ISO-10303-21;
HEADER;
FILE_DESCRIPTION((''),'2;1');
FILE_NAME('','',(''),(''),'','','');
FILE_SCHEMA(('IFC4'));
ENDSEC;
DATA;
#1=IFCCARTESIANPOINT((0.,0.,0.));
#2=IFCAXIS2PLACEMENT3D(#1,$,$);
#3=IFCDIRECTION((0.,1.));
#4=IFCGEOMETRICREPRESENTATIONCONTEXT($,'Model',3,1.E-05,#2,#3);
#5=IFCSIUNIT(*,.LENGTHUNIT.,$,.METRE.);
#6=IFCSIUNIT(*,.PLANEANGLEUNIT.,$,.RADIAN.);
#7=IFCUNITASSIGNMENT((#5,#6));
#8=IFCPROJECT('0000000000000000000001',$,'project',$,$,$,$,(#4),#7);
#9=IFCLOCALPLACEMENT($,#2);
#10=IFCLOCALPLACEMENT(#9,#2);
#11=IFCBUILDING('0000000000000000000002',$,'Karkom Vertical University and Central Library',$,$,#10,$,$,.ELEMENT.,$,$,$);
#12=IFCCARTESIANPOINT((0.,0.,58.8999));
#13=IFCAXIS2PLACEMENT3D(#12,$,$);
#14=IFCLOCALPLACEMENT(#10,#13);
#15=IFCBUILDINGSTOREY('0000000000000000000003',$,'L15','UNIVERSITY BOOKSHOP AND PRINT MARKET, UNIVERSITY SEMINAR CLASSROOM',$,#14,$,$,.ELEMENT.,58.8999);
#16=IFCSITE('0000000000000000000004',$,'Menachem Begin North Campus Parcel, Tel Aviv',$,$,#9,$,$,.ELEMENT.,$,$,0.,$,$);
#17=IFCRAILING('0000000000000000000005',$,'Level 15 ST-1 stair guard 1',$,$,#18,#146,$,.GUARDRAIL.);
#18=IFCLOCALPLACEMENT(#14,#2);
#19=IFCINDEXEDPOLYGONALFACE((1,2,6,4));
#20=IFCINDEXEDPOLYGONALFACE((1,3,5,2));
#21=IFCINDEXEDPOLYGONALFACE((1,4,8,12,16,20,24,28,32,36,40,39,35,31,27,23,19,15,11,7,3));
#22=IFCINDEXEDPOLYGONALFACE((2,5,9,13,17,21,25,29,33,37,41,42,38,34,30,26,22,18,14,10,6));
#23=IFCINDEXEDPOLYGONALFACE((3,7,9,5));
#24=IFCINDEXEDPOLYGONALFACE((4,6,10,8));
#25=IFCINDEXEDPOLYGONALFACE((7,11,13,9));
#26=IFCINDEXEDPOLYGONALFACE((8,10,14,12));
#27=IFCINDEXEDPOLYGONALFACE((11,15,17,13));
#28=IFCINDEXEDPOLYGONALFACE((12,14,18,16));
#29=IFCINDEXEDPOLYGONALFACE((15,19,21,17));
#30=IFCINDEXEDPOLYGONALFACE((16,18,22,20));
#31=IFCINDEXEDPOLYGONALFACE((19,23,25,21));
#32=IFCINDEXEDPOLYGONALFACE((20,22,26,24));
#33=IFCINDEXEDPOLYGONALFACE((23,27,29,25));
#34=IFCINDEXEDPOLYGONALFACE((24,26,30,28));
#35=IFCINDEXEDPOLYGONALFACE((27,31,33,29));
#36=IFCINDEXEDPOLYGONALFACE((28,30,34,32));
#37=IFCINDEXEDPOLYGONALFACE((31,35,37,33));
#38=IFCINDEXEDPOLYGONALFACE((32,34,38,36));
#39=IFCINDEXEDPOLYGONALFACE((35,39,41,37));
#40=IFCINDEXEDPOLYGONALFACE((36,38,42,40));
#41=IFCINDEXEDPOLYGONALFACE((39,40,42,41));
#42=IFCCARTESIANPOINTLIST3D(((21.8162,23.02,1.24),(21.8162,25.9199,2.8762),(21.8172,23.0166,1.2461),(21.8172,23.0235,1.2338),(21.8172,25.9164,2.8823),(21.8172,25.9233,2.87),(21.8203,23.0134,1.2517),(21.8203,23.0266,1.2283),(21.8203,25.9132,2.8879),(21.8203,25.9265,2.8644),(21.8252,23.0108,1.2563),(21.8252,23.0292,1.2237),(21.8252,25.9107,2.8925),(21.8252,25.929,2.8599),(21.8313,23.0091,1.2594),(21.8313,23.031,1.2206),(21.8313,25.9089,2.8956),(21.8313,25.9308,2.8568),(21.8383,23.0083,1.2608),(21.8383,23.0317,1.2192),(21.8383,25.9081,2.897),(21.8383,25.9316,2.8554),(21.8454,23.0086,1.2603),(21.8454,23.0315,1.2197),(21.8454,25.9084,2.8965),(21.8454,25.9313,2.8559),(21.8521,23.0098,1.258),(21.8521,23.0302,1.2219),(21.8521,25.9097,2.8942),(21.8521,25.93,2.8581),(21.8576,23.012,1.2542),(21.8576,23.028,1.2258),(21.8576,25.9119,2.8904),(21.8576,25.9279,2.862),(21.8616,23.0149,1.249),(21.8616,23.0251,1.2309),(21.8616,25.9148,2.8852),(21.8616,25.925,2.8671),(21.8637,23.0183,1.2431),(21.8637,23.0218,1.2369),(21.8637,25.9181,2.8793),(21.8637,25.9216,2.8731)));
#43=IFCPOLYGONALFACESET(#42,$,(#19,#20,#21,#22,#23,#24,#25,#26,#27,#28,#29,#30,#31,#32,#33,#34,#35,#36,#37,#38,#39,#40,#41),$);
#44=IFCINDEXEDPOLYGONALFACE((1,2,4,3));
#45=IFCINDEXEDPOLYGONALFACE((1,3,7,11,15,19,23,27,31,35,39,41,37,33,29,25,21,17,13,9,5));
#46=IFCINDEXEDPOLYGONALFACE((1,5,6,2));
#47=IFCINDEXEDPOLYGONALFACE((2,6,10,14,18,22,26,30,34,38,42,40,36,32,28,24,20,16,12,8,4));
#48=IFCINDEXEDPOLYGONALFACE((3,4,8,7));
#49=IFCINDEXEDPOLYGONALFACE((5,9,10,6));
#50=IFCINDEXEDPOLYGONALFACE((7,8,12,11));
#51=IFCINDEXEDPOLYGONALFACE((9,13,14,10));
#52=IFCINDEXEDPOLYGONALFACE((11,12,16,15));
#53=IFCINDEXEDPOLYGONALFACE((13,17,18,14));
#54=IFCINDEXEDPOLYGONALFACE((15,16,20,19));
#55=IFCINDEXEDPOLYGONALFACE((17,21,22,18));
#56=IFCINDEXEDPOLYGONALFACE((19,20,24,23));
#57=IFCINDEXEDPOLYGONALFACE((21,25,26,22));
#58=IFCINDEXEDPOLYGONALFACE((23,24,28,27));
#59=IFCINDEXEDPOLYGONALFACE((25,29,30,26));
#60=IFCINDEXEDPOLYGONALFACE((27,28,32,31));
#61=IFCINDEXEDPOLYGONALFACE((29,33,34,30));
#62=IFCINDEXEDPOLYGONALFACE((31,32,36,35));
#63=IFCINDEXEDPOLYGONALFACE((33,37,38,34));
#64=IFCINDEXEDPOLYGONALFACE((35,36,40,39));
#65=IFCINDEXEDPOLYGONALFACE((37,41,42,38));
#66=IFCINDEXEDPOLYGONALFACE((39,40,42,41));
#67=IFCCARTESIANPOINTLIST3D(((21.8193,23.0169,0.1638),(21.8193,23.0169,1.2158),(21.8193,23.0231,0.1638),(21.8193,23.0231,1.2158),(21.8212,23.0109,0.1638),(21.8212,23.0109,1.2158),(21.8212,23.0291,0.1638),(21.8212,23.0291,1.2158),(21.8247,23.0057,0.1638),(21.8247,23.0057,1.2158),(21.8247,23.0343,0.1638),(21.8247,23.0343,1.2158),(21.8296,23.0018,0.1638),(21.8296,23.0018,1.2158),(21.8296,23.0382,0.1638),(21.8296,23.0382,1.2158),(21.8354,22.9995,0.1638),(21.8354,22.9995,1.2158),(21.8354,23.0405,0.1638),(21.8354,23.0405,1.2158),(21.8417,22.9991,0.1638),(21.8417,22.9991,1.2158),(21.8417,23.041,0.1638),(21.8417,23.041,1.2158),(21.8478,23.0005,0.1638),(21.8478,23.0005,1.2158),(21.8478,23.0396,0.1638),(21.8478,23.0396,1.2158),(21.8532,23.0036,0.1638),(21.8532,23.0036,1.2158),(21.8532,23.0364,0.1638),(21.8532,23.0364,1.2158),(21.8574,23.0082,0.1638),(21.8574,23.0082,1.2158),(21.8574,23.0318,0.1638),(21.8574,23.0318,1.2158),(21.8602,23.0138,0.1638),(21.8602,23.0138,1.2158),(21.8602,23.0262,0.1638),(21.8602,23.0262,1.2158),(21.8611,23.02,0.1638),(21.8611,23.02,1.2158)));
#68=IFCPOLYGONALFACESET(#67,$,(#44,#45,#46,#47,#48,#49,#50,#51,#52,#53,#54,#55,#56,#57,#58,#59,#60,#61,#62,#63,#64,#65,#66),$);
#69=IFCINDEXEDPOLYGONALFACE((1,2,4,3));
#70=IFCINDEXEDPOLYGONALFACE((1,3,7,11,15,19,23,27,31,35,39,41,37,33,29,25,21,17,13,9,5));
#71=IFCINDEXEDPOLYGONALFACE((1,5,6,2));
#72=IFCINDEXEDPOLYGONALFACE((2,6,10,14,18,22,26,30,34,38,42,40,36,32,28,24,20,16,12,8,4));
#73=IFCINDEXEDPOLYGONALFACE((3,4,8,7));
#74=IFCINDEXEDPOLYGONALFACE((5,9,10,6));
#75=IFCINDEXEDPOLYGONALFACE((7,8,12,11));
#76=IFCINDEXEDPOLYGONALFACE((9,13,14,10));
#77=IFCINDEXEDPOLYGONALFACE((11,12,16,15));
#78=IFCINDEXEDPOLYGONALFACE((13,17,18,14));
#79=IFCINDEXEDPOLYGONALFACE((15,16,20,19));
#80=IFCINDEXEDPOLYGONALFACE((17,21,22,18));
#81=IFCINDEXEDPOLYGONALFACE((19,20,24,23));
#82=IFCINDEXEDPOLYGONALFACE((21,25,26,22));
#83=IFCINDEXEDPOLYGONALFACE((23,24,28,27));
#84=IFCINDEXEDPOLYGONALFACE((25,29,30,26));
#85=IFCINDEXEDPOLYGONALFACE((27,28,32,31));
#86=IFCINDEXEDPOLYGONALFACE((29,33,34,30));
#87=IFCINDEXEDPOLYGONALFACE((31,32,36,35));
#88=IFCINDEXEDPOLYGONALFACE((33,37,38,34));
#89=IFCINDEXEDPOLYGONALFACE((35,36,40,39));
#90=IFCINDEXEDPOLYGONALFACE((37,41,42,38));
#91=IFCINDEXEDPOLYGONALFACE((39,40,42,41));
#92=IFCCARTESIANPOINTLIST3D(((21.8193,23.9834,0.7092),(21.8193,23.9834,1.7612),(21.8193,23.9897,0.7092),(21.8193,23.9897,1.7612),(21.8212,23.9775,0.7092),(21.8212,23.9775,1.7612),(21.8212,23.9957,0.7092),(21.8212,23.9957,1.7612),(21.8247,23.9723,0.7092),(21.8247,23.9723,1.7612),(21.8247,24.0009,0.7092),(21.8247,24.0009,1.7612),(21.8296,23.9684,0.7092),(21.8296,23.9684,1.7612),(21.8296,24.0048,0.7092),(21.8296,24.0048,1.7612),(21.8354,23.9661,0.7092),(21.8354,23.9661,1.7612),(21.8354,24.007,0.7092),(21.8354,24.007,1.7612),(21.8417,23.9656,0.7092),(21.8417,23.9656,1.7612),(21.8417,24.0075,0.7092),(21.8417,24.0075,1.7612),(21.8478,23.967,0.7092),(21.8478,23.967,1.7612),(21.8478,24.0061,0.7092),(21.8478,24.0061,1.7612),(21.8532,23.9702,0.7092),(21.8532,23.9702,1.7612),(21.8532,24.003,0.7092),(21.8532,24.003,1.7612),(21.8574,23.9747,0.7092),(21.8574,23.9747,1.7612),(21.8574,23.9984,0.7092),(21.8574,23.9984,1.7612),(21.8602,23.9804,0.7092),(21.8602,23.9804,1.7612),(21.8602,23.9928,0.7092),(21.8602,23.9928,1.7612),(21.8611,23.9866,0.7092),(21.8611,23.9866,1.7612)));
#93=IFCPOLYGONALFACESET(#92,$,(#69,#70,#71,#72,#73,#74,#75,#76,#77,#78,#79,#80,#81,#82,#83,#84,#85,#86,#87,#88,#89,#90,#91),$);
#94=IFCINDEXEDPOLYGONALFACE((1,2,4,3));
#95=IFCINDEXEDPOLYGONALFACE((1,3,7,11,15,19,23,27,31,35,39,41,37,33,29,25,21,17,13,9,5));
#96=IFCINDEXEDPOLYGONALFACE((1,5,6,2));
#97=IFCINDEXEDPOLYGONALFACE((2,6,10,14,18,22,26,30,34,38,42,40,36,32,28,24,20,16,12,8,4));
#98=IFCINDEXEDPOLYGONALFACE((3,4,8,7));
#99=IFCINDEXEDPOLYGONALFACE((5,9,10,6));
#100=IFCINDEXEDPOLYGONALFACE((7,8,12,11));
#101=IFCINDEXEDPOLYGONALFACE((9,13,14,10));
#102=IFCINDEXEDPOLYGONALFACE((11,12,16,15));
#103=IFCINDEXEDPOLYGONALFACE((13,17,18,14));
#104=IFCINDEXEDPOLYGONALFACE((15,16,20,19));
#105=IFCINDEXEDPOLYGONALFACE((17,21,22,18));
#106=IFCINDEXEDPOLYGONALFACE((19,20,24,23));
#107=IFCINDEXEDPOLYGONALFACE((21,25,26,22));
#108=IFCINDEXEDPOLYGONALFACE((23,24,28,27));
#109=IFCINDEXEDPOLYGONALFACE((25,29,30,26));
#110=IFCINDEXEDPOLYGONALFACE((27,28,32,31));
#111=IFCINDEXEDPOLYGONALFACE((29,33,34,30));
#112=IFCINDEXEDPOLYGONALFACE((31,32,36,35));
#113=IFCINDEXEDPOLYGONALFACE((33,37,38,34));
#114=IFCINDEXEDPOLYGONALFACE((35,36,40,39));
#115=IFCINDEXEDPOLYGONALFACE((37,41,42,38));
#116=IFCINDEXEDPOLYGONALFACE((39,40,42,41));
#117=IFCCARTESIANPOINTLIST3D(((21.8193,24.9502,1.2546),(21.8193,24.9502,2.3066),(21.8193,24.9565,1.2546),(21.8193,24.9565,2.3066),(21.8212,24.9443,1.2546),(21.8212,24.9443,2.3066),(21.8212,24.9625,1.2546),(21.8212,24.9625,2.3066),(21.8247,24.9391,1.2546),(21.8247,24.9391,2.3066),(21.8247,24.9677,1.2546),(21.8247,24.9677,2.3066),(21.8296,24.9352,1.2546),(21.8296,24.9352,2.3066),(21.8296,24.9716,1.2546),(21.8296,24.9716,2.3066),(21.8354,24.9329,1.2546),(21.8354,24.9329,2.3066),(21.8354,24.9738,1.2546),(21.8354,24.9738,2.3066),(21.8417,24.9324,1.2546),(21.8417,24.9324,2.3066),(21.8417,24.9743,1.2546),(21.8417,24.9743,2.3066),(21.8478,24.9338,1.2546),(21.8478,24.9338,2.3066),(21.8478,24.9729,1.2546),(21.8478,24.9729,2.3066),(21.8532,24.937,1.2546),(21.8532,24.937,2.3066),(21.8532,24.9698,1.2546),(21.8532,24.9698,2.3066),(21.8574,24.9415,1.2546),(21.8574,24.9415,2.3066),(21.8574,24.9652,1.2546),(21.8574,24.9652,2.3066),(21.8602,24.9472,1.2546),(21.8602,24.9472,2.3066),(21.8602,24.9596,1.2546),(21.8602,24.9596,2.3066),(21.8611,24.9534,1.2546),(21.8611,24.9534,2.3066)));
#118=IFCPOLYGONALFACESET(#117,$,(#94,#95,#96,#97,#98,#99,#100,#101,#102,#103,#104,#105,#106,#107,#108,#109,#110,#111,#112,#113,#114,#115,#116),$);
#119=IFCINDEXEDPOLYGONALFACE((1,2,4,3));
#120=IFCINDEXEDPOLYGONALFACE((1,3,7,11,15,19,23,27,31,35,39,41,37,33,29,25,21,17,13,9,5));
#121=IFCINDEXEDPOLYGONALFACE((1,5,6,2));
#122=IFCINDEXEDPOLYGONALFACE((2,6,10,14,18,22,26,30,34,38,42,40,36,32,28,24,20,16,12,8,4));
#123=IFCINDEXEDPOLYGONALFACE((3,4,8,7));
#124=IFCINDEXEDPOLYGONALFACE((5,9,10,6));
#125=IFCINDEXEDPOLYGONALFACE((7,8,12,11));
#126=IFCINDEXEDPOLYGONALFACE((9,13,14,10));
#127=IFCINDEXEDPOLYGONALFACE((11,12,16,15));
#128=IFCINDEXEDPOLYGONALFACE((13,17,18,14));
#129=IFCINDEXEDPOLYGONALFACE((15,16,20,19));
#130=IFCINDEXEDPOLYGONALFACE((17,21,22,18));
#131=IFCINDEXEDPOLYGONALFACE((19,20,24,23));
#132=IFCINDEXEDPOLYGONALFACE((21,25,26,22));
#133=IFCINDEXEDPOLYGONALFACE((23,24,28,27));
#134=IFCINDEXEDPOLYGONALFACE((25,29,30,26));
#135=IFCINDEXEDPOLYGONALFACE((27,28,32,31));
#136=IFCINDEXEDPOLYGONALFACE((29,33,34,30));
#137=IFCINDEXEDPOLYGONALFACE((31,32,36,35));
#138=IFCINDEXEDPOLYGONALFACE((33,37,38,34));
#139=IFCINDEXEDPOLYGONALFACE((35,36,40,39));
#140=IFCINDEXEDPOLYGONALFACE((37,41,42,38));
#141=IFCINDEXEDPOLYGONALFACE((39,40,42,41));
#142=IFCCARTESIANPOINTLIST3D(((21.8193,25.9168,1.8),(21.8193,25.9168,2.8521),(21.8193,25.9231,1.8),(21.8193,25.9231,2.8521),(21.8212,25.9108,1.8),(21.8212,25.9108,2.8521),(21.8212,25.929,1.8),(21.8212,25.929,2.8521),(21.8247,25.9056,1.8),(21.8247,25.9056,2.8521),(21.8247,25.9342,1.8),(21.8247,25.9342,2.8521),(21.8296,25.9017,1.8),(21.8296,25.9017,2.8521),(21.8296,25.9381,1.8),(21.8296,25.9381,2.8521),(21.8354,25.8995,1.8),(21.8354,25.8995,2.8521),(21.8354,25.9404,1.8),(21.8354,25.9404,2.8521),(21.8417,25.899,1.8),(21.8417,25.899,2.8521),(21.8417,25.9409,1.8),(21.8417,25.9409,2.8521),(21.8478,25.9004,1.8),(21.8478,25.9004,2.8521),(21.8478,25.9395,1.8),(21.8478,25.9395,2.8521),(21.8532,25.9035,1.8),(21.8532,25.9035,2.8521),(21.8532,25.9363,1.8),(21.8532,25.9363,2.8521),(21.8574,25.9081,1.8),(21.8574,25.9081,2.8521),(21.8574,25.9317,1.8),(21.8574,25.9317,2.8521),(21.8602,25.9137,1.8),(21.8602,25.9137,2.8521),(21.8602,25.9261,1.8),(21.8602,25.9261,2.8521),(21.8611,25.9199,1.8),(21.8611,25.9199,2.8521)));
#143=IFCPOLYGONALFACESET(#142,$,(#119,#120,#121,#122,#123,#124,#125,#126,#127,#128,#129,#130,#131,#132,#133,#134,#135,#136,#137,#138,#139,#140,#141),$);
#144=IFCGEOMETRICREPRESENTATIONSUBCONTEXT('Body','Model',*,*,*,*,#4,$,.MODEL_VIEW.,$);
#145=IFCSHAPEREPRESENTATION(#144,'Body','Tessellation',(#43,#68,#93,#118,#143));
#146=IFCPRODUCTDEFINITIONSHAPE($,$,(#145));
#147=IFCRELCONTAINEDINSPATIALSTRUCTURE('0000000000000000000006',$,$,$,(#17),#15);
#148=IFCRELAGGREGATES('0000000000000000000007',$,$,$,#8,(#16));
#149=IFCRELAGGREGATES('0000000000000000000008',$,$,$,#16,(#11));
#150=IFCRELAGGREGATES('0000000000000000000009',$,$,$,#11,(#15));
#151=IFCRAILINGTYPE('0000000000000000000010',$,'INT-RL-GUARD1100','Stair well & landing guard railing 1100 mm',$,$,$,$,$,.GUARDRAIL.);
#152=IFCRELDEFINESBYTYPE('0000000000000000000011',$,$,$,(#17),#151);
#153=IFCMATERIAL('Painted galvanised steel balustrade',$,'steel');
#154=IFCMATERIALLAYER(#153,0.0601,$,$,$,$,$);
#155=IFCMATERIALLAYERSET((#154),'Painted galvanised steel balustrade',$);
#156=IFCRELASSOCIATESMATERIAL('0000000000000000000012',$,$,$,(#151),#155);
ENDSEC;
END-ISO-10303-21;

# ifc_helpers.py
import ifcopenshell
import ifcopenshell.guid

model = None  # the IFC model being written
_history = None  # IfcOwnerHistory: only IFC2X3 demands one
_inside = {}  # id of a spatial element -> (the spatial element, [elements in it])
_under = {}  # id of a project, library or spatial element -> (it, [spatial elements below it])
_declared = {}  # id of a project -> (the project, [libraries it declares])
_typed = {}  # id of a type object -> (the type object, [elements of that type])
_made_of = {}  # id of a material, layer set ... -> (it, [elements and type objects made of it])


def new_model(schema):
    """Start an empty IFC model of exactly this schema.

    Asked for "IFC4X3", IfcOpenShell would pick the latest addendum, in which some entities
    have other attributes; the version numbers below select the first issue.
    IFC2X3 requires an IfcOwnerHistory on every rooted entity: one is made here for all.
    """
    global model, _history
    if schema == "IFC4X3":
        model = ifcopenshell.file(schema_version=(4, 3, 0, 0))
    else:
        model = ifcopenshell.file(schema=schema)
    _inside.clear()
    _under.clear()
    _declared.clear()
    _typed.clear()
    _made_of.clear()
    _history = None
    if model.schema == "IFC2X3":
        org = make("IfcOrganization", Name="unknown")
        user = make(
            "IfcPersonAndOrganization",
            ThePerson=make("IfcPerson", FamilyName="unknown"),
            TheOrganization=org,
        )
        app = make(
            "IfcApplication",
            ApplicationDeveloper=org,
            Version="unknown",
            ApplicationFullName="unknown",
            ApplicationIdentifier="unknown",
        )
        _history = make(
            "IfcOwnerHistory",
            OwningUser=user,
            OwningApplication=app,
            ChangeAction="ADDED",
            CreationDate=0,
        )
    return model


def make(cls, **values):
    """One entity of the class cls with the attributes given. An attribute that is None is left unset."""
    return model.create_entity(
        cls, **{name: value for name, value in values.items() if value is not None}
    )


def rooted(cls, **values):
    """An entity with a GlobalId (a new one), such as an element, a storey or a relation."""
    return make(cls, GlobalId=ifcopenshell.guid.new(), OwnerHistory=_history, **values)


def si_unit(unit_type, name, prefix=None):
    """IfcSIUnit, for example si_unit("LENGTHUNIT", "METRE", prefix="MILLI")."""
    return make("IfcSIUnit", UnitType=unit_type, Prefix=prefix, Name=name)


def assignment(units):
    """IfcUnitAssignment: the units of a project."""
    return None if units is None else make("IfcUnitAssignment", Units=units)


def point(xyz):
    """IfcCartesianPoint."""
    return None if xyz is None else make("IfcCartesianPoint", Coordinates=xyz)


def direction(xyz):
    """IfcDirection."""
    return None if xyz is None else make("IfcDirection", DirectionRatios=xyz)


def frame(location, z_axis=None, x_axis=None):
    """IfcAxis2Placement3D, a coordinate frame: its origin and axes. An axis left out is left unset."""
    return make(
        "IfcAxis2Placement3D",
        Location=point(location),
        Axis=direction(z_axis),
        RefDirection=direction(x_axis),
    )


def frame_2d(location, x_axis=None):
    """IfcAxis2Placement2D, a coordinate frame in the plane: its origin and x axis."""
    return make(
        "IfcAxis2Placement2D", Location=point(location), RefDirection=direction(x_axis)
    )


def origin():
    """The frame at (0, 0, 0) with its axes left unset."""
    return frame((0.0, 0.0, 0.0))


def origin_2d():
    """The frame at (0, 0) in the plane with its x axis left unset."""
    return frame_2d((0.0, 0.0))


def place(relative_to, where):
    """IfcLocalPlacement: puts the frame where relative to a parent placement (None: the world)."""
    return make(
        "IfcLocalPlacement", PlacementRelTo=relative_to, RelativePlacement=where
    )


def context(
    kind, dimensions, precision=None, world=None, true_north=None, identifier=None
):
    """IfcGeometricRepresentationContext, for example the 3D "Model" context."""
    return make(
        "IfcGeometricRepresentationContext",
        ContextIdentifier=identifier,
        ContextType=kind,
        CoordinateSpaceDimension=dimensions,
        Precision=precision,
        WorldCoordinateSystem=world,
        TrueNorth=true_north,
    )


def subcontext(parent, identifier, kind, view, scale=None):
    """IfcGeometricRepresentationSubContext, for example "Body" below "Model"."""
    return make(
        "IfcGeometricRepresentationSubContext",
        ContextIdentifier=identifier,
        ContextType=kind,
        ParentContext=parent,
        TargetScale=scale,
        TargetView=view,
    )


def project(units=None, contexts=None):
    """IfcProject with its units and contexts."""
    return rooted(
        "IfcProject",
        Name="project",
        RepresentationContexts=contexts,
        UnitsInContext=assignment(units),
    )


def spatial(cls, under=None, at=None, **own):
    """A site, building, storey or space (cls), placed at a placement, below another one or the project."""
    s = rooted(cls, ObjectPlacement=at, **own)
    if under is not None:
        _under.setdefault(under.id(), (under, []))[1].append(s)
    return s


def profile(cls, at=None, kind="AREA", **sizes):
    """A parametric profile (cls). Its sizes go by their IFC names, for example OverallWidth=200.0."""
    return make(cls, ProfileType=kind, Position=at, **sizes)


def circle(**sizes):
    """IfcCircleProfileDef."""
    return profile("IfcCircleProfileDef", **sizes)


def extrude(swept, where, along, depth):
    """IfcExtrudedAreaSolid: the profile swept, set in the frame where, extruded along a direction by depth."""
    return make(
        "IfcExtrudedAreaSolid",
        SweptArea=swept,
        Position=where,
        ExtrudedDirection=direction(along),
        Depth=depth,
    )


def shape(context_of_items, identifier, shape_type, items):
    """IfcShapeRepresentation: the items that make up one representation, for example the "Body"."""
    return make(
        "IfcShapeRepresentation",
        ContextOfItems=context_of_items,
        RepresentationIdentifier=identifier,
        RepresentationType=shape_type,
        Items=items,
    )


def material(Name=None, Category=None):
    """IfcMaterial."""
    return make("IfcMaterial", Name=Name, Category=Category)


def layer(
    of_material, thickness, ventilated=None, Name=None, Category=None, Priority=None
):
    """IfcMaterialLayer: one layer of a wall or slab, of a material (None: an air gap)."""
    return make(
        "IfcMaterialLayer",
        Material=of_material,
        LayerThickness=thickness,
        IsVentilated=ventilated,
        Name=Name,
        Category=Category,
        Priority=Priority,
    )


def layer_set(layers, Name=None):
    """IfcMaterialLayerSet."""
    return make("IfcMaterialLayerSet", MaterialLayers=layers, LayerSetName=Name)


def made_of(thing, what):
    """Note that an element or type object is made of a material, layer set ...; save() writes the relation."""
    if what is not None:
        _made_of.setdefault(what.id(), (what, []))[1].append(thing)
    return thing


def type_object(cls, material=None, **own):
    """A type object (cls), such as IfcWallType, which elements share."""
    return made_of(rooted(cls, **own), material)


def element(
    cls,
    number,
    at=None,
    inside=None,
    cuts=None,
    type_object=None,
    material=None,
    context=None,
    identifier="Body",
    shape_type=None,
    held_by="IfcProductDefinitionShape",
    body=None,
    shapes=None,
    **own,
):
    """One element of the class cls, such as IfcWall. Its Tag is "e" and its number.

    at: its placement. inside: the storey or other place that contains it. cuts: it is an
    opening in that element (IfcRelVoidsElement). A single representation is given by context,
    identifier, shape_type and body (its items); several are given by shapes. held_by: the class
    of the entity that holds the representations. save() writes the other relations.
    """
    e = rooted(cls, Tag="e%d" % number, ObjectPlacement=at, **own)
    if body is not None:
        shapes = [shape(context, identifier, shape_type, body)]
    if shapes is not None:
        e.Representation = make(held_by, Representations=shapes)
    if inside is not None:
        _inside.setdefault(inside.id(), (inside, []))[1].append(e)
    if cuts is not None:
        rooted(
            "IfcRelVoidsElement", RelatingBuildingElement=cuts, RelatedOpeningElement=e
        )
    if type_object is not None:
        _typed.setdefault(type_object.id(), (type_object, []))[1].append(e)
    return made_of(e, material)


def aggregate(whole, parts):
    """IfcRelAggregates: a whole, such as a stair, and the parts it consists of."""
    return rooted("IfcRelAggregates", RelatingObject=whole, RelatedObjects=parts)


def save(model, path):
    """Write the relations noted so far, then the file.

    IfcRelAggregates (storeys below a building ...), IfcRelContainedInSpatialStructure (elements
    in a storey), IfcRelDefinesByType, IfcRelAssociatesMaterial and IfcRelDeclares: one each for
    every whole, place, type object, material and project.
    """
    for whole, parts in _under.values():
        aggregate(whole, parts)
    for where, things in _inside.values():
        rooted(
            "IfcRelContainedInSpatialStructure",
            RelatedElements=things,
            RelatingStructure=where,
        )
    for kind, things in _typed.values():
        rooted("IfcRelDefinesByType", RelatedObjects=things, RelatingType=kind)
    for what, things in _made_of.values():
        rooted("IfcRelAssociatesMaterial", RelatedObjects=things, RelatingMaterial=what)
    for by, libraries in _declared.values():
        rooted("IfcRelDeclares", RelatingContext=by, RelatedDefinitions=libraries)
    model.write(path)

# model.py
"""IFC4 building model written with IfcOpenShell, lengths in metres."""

from ifc_helpers import new_model, si_unit, direction, frame, origin, origin_2d, place, context, subcontext, project, spatial, circle, extrude, material, layer, layer_set, type_object, element, save


model = new_model("IFC4")

# Units and contexts
model_context = context("Model", 3, precision=1e-05, world=origin(), true_north=direction((0.0, 1.0)))
body_context = subcontext(model_context, "Body", "Model", "MODEL_VIEW")
ifc_project = project(units=[si_unit("LENGTHUNIT", "METRE"), si_unit("PLANEANGLEUNIT", "RADIAN")], contexts=[model_context])

# Site, building, storey
site_placement = place(None, origin())
site = spatial("IfcSite", under=ifc_project, at=site_placement, Name="Menachem Begin North Campus Parcel, Tel Aviv", CompositionType="ELEMENT", RefElevation=0.0)
building_placement = place(site_placement, origin())
building = spatial("IfcBuilding", under=site, at=building_placement, Name="Karkom Vertical University and Central Library", CompositionType="ELEMENT")
storey_placement = place(building_placement, frame((0.0, 0.0, 58.8999)))
storey = spatial("IfcBuildingStorey", under=building, at=storey_placement, Name="L15", Description="UNIVERSITY BOOKSHOP AND PRINT MARKET, UNIVERSITY SEMINAR CLASSROOM", CompositionType="ELEMENT", Elevation=58.8999)

# Railing
ifc_material_1 = material(Name="Painted galvanised steel balustrade", Category="steel")
ifc_layer_1 = layer(ifc_material_1, 0.0601)
ifc_layer_set_1 = layer_set([ifc_layer_1], Name="Painted galvanised steel balustrade")
railing_type_1 = type_object("IfcRailingType", Name="INT-RL-GUARD1100", Description="Stair well & landing guard railing 1100 mm", PredefinedType="GUARDRAIL", material=ifc_layer_set_1)
railing_1_placement = place(storey_placement, frame((21.8401, 23.02, 0.1638)))
element("IfcRailing", 1, at=railing_1_placement, inside=storey, type_object=railing_type_1, Name="Level 15 ST-1 stair guard 1", PredefinedType="GUARDRAIL", context=body_context, shape_type="SweptSolid", body=[
    extrude(circle(Radius=0.0239, at=origin_2d()), frame((0.0, 0.0, 1.0762), z_axis=(0.0, 0.870929, 0.49141), x_axis=(-1.0, 0.0, 0.0)), (0.0, 0.0, 1.0), 3.3296),
    extrude(circle(Radius=0.021, at=origin_2d()), origin(), (0.0, 0.0, 1.0), 1.052),
    extrude(circle(Radius=0.021, at=origin_2d()), frame((0.0, 0.9666, 0.5454)), (0.0, 0.0, 1.0), 1.052),
    extrude(circle(Radius=0.021, at=origin_2d()), frame((0.0, 1.9333, 1.0908)), (0.0, 0.0, 1.0), 1.052),
    extrude(circle(Radius=0.021, at=origin_2d()), frame((0.0, 2.8999, 1.6362)), (0.0, 0.0, 1.0), 1.052),
])

save(model, "model.ifc")
